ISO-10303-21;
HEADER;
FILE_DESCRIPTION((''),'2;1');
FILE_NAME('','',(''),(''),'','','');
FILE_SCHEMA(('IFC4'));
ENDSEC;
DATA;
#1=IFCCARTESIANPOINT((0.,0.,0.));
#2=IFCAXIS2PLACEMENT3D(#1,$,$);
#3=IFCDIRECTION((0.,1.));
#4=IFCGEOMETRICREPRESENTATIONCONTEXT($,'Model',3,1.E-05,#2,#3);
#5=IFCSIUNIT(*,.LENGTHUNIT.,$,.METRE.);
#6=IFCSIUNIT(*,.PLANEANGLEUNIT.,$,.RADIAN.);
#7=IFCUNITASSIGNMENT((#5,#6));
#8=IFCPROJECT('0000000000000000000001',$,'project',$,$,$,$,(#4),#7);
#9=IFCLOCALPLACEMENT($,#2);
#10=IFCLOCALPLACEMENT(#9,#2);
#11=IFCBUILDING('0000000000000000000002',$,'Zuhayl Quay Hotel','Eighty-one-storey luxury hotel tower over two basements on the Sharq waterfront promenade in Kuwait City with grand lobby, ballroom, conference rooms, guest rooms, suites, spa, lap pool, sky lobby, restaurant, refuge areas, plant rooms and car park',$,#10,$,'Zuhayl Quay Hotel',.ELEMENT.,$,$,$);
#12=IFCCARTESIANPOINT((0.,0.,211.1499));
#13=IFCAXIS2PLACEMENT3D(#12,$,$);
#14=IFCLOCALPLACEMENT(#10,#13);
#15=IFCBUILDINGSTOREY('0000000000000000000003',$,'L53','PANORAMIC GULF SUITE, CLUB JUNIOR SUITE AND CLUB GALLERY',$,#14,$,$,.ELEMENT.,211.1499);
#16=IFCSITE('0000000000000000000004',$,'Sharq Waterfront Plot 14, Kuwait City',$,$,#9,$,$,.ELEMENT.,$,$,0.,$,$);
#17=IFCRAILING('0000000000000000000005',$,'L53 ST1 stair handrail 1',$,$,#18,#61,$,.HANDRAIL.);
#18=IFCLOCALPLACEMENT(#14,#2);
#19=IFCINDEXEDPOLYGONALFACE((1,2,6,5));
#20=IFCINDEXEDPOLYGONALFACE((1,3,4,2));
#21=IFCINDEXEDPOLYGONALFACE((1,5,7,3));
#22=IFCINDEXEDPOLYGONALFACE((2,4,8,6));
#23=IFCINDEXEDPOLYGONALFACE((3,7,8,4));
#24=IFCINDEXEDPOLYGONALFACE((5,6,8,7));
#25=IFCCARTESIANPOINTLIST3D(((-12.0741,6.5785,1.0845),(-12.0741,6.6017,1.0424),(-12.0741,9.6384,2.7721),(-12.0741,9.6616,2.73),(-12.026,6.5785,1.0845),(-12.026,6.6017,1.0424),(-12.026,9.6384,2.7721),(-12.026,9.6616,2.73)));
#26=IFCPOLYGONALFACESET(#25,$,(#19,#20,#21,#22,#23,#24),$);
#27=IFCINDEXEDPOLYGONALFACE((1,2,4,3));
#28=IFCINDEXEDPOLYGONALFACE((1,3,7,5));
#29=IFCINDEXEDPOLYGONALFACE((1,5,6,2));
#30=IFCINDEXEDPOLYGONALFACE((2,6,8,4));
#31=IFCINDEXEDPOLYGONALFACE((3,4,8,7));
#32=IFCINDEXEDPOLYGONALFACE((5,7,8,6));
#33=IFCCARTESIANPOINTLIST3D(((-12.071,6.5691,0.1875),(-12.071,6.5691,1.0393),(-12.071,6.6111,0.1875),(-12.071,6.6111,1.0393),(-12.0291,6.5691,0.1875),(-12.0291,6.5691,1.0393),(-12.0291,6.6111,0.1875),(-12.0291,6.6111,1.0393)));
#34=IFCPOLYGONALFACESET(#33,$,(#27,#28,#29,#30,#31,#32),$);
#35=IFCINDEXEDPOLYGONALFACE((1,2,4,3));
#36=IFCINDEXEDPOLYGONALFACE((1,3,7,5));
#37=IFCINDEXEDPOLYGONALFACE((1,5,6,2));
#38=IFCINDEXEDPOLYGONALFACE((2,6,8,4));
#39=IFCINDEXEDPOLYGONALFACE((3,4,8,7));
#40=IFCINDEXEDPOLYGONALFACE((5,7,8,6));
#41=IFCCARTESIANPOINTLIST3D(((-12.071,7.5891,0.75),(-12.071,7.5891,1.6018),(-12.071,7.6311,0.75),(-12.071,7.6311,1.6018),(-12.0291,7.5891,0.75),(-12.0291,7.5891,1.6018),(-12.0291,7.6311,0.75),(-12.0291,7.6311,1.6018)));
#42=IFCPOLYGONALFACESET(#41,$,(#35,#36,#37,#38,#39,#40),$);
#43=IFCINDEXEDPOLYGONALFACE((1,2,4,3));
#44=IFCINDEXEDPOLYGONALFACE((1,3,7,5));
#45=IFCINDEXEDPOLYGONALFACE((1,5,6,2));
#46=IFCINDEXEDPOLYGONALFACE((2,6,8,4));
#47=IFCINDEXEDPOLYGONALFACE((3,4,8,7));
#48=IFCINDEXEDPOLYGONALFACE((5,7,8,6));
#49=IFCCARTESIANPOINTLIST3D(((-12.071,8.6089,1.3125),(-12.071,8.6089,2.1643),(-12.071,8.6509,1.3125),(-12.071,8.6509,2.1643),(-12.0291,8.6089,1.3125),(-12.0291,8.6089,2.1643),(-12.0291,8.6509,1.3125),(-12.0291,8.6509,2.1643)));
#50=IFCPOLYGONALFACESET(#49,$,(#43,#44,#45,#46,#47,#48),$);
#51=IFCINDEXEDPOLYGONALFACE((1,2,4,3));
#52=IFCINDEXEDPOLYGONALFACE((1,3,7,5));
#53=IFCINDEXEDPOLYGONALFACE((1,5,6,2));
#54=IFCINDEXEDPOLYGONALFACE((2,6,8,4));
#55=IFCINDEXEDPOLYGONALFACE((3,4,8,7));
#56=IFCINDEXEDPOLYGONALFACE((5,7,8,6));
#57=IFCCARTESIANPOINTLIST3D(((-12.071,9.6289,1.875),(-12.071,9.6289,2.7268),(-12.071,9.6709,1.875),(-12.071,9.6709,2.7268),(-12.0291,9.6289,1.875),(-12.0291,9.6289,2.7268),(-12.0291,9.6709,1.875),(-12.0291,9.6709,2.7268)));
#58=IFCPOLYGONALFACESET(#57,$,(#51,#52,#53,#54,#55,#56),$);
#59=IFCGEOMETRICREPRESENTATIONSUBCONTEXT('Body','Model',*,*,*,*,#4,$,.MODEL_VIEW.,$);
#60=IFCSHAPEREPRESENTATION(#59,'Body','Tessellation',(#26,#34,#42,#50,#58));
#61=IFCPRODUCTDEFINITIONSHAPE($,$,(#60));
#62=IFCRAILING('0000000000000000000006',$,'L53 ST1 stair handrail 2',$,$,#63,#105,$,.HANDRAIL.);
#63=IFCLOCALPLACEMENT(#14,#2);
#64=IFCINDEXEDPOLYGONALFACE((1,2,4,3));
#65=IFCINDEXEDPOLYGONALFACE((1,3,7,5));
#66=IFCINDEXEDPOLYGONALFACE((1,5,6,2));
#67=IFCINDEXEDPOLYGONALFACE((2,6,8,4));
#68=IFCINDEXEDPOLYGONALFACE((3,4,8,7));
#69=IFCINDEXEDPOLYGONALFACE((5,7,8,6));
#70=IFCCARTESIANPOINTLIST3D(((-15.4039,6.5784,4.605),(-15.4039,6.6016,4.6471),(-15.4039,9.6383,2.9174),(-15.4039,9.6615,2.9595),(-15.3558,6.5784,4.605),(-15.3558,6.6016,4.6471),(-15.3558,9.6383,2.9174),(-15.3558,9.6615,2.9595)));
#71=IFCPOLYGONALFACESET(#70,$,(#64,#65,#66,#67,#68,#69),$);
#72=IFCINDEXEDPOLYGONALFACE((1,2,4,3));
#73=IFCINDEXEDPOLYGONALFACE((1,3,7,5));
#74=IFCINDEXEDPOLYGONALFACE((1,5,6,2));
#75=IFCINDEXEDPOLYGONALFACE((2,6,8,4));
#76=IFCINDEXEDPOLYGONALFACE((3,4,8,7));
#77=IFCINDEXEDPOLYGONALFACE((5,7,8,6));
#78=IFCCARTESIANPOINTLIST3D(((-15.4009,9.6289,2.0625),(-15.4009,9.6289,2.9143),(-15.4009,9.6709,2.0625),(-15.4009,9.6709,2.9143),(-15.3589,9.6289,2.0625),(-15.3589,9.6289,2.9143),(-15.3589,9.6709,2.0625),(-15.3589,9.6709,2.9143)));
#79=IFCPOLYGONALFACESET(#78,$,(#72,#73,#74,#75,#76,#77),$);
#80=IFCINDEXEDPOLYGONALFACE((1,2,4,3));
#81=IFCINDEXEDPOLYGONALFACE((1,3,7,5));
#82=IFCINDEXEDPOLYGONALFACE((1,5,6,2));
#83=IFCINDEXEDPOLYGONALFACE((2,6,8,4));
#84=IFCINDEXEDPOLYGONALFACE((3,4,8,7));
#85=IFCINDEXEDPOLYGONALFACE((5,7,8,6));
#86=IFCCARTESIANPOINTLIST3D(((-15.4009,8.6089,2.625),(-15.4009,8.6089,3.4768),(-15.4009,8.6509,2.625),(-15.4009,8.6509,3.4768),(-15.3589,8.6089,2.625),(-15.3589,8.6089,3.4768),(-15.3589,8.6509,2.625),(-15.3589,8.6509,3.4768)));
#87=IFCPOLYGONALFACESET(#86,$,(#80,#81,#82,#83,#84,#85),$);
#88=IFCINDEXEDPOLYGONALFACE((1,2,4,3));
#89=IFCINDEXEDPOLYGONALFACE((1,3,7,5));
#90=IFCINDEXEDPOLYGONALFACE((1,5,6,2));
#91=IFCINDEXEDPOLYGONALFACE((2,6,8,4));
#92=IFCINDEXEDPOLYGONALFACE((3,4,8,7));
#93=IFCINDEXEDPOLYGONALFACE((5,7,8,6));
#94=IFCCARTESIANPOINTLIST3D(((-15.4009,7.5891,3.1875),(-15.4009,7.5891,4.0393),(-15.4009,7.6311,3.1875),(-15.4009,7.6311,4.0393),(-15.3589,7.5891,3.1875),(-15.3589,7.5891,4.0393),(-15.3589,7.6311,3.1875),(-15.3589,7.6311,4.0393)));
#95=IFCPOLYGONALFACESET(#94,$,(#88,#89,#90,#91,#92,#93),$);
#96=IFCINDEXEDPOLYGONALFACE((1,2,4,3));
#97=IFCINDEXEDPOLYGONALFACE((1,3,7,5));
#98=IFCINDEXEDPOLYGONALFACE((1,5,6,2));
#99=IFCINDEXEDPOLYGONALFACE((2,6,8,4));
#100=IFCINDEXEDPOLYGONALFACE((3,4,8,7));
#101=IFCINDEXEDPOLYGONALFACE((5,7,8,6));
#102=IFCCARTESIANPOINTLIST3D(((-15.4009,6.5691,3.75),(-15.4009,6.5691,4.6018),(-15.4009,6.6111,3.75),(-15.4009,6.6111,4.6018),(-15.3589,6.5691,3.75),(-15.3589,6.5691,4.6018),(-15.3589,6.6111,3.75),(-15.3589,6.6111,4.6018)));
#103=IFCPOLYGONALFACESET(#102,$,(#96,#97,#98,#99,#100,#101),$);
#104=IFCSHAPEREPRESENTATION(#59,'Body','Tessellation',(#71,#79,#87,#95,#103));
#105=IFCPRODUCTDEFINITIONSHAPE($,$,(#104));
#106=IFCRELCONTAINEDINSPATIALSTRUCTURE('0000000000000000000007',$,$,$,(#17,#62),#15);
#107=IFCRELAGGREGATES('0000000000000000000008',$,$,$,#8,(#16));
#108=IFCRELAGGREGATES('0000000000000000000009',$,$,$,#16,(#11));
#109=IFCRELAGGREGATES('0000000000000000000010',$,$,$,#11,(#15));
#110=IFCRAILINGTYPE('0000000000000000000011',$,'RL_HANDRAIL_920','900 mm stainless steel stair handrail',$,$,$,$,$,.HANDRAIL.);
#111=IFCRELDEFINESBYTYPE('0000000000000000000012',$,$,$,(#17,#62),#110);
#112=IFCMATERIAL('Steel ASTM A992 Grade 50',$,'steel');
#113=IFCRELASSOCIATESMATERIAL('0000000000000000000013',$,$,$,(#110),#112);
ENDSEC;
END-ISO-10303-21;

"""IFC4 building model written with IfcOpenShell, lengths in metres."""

from ifc_helpers import new_model, si_unit, direction, frame, origin, origin_2d, place, context, subcontext, project, spatial, rectangle, extrude, material, type_object, element, save


model = new_model("IFC4")

# Units and contexts
model_context = context("Model", 3, precision=1e-05, world=origin(), true_north=direction((0.0, 1.0)))
body_context = subcontext(model_context, "Body", "Model", "MODEL_VIEW")
ifc_project = project(units=[si_unit("LENGTHUNIT", "METRE"), si_unit("PLANEANGLEUNIT", "RADIAN")], contexts=[model_context])

# Site, building, storey
site_placement = place(None, origin())
site = spatial("IfcSite", under=ifc_project, at=site_placement, Name="Sharq Waterfront Plot 14, Kuwait City", CompositionType="ELEMENT", RefElevation=0.0)
building_placement = place(site_placement, origin())
building = spatial("IfcBuilding", under=site, at=building_placement, Name="Zuhayl Quay Hotel", Description="Eighty-one-storey luxury hotel tower over two basements on the Sharq waterfront promenade in Kuwait City with grand lobby, ballroom, conference rooms, guest rooms, suites, spa, lap pool, sky lobby, restaurant, refuge areas, plant rooms and car park", LongName="Zuhayl Quay Hotel", CompositionType="ELEMENT")
storey_placement = place(building_placement, frame((0.0, 0.0, 211.1499)))
storey = spatial("IfcBuildingStorey", under=building, at=storey_placement, Name="L53", Description="PANORAMIC GULF SUITE, CLUB JUNIOR SUITE AND CLUB GALLERY", CompositionType="ELEMENT", Elevation=211.1499)

# Shared definitions
ifc_material_1 = material(Name="Steel ASTM A992 Grade 50", Category="steel")

# Railings
railing_type_1 = type_object("IfcRailingType", Name="RL_HANDRAIL_920", Description="900 mm stainless steel stair handrail", PredefinedType="HANDRAIL", material=ifc_material_1)
railing_1_placement = place(storey_placement, frame((-12.05, 6.5901, 0.1875)))
element("IfcRailing", 1, at=railing_1_placement, inside=storey, type_object=railing_type_1, Name="L53 ST1 stair handrail 1", PredefinedType="HANDRAIL", context=body_context, shape_type="SweptSolid", body=[
    extrude(rectangle(XDim=0.0481, YDim=0.0481, at=origin_2d()), frame((0.0, 0.0, 0.876), z_axis=(0.0, 0.875659, 0.48293), x_axis=(-1.0, 0.0, 0.0)), (0.0, 0.0, 1.0), 3.4944),
    extrude(rectangle(XDim=0.042, YDim=0.042, at=origin_2d()), origin(), (0.0, 0.0, 1.0), 0.8518),
    extrude(rectangle(XDim=0.042, YDim=0.042, at=origin_2d()), frame((0.0, 1.02, 0.5625)), (0.0, 0.0, 1.0), 0.8518),
    extrude(rectangle(XDim=0.042, YDim=0.042, at=origin_2d()), frame((0.0, 2.0398, 1.125)), (0.0, 0.0, 1.0), 0.8518),
    extrude(rectangle(XDim=0.042, YDim=0.042, at=origin_2d()), frame((0.0, 3.0598, 1.6875)), (0.0, 0.0, 1.0), 0.8518),
])
railing_2_placement = place(storey_placement, frame((-15.3799, 9.6499, 2.0625)))
element("IfcRailing", 2, at=railing_2_placement, inside=storey, type_object=railing_type_1, Name="L53 ST1 stair handrail 2", PredefinedType="HANDRAIL", context=body_context, shape_type="SweptSolid", body=[
    extrude(rectangle(XDim=0.0481, YDim=0.0481, at=origin_2d()), frame((0.0, 0.0, 0.876), z_axis=(0.0, -0.875659, 0.48293), x_axis=(1.0, 0.0, 0.0)), (0.0, 0.0, 1.0), 3.4944),
    extrude(rectangle(XDim=0.042, YDim=0.042, at=origin_2d()), origin(), (0.0, 0.0, 1.0), 0.8518),
    extrude(rectangle(XDim=0.042, YDim=0.042, at=origin_2d()), frame((0.0, -1.02, 0.5625)), (0.0, 0.0, 1.0), 0.8518),
    extrude(rectangle(XDim=0.042, YDim=0.042, at=origin_2d()), frame((0.0, -2.0398, 1.125)), (0.0, 0.0, 1.0), 0.8518),
    extrude(rectangle(XDim=0.042, YDim=0.042, at=origin_2d()), frame((0.0, -3.0598, 1.6875)), (0.0, 0.0, 1.0), 0.8518),
])

save(model, "model.ifc")
